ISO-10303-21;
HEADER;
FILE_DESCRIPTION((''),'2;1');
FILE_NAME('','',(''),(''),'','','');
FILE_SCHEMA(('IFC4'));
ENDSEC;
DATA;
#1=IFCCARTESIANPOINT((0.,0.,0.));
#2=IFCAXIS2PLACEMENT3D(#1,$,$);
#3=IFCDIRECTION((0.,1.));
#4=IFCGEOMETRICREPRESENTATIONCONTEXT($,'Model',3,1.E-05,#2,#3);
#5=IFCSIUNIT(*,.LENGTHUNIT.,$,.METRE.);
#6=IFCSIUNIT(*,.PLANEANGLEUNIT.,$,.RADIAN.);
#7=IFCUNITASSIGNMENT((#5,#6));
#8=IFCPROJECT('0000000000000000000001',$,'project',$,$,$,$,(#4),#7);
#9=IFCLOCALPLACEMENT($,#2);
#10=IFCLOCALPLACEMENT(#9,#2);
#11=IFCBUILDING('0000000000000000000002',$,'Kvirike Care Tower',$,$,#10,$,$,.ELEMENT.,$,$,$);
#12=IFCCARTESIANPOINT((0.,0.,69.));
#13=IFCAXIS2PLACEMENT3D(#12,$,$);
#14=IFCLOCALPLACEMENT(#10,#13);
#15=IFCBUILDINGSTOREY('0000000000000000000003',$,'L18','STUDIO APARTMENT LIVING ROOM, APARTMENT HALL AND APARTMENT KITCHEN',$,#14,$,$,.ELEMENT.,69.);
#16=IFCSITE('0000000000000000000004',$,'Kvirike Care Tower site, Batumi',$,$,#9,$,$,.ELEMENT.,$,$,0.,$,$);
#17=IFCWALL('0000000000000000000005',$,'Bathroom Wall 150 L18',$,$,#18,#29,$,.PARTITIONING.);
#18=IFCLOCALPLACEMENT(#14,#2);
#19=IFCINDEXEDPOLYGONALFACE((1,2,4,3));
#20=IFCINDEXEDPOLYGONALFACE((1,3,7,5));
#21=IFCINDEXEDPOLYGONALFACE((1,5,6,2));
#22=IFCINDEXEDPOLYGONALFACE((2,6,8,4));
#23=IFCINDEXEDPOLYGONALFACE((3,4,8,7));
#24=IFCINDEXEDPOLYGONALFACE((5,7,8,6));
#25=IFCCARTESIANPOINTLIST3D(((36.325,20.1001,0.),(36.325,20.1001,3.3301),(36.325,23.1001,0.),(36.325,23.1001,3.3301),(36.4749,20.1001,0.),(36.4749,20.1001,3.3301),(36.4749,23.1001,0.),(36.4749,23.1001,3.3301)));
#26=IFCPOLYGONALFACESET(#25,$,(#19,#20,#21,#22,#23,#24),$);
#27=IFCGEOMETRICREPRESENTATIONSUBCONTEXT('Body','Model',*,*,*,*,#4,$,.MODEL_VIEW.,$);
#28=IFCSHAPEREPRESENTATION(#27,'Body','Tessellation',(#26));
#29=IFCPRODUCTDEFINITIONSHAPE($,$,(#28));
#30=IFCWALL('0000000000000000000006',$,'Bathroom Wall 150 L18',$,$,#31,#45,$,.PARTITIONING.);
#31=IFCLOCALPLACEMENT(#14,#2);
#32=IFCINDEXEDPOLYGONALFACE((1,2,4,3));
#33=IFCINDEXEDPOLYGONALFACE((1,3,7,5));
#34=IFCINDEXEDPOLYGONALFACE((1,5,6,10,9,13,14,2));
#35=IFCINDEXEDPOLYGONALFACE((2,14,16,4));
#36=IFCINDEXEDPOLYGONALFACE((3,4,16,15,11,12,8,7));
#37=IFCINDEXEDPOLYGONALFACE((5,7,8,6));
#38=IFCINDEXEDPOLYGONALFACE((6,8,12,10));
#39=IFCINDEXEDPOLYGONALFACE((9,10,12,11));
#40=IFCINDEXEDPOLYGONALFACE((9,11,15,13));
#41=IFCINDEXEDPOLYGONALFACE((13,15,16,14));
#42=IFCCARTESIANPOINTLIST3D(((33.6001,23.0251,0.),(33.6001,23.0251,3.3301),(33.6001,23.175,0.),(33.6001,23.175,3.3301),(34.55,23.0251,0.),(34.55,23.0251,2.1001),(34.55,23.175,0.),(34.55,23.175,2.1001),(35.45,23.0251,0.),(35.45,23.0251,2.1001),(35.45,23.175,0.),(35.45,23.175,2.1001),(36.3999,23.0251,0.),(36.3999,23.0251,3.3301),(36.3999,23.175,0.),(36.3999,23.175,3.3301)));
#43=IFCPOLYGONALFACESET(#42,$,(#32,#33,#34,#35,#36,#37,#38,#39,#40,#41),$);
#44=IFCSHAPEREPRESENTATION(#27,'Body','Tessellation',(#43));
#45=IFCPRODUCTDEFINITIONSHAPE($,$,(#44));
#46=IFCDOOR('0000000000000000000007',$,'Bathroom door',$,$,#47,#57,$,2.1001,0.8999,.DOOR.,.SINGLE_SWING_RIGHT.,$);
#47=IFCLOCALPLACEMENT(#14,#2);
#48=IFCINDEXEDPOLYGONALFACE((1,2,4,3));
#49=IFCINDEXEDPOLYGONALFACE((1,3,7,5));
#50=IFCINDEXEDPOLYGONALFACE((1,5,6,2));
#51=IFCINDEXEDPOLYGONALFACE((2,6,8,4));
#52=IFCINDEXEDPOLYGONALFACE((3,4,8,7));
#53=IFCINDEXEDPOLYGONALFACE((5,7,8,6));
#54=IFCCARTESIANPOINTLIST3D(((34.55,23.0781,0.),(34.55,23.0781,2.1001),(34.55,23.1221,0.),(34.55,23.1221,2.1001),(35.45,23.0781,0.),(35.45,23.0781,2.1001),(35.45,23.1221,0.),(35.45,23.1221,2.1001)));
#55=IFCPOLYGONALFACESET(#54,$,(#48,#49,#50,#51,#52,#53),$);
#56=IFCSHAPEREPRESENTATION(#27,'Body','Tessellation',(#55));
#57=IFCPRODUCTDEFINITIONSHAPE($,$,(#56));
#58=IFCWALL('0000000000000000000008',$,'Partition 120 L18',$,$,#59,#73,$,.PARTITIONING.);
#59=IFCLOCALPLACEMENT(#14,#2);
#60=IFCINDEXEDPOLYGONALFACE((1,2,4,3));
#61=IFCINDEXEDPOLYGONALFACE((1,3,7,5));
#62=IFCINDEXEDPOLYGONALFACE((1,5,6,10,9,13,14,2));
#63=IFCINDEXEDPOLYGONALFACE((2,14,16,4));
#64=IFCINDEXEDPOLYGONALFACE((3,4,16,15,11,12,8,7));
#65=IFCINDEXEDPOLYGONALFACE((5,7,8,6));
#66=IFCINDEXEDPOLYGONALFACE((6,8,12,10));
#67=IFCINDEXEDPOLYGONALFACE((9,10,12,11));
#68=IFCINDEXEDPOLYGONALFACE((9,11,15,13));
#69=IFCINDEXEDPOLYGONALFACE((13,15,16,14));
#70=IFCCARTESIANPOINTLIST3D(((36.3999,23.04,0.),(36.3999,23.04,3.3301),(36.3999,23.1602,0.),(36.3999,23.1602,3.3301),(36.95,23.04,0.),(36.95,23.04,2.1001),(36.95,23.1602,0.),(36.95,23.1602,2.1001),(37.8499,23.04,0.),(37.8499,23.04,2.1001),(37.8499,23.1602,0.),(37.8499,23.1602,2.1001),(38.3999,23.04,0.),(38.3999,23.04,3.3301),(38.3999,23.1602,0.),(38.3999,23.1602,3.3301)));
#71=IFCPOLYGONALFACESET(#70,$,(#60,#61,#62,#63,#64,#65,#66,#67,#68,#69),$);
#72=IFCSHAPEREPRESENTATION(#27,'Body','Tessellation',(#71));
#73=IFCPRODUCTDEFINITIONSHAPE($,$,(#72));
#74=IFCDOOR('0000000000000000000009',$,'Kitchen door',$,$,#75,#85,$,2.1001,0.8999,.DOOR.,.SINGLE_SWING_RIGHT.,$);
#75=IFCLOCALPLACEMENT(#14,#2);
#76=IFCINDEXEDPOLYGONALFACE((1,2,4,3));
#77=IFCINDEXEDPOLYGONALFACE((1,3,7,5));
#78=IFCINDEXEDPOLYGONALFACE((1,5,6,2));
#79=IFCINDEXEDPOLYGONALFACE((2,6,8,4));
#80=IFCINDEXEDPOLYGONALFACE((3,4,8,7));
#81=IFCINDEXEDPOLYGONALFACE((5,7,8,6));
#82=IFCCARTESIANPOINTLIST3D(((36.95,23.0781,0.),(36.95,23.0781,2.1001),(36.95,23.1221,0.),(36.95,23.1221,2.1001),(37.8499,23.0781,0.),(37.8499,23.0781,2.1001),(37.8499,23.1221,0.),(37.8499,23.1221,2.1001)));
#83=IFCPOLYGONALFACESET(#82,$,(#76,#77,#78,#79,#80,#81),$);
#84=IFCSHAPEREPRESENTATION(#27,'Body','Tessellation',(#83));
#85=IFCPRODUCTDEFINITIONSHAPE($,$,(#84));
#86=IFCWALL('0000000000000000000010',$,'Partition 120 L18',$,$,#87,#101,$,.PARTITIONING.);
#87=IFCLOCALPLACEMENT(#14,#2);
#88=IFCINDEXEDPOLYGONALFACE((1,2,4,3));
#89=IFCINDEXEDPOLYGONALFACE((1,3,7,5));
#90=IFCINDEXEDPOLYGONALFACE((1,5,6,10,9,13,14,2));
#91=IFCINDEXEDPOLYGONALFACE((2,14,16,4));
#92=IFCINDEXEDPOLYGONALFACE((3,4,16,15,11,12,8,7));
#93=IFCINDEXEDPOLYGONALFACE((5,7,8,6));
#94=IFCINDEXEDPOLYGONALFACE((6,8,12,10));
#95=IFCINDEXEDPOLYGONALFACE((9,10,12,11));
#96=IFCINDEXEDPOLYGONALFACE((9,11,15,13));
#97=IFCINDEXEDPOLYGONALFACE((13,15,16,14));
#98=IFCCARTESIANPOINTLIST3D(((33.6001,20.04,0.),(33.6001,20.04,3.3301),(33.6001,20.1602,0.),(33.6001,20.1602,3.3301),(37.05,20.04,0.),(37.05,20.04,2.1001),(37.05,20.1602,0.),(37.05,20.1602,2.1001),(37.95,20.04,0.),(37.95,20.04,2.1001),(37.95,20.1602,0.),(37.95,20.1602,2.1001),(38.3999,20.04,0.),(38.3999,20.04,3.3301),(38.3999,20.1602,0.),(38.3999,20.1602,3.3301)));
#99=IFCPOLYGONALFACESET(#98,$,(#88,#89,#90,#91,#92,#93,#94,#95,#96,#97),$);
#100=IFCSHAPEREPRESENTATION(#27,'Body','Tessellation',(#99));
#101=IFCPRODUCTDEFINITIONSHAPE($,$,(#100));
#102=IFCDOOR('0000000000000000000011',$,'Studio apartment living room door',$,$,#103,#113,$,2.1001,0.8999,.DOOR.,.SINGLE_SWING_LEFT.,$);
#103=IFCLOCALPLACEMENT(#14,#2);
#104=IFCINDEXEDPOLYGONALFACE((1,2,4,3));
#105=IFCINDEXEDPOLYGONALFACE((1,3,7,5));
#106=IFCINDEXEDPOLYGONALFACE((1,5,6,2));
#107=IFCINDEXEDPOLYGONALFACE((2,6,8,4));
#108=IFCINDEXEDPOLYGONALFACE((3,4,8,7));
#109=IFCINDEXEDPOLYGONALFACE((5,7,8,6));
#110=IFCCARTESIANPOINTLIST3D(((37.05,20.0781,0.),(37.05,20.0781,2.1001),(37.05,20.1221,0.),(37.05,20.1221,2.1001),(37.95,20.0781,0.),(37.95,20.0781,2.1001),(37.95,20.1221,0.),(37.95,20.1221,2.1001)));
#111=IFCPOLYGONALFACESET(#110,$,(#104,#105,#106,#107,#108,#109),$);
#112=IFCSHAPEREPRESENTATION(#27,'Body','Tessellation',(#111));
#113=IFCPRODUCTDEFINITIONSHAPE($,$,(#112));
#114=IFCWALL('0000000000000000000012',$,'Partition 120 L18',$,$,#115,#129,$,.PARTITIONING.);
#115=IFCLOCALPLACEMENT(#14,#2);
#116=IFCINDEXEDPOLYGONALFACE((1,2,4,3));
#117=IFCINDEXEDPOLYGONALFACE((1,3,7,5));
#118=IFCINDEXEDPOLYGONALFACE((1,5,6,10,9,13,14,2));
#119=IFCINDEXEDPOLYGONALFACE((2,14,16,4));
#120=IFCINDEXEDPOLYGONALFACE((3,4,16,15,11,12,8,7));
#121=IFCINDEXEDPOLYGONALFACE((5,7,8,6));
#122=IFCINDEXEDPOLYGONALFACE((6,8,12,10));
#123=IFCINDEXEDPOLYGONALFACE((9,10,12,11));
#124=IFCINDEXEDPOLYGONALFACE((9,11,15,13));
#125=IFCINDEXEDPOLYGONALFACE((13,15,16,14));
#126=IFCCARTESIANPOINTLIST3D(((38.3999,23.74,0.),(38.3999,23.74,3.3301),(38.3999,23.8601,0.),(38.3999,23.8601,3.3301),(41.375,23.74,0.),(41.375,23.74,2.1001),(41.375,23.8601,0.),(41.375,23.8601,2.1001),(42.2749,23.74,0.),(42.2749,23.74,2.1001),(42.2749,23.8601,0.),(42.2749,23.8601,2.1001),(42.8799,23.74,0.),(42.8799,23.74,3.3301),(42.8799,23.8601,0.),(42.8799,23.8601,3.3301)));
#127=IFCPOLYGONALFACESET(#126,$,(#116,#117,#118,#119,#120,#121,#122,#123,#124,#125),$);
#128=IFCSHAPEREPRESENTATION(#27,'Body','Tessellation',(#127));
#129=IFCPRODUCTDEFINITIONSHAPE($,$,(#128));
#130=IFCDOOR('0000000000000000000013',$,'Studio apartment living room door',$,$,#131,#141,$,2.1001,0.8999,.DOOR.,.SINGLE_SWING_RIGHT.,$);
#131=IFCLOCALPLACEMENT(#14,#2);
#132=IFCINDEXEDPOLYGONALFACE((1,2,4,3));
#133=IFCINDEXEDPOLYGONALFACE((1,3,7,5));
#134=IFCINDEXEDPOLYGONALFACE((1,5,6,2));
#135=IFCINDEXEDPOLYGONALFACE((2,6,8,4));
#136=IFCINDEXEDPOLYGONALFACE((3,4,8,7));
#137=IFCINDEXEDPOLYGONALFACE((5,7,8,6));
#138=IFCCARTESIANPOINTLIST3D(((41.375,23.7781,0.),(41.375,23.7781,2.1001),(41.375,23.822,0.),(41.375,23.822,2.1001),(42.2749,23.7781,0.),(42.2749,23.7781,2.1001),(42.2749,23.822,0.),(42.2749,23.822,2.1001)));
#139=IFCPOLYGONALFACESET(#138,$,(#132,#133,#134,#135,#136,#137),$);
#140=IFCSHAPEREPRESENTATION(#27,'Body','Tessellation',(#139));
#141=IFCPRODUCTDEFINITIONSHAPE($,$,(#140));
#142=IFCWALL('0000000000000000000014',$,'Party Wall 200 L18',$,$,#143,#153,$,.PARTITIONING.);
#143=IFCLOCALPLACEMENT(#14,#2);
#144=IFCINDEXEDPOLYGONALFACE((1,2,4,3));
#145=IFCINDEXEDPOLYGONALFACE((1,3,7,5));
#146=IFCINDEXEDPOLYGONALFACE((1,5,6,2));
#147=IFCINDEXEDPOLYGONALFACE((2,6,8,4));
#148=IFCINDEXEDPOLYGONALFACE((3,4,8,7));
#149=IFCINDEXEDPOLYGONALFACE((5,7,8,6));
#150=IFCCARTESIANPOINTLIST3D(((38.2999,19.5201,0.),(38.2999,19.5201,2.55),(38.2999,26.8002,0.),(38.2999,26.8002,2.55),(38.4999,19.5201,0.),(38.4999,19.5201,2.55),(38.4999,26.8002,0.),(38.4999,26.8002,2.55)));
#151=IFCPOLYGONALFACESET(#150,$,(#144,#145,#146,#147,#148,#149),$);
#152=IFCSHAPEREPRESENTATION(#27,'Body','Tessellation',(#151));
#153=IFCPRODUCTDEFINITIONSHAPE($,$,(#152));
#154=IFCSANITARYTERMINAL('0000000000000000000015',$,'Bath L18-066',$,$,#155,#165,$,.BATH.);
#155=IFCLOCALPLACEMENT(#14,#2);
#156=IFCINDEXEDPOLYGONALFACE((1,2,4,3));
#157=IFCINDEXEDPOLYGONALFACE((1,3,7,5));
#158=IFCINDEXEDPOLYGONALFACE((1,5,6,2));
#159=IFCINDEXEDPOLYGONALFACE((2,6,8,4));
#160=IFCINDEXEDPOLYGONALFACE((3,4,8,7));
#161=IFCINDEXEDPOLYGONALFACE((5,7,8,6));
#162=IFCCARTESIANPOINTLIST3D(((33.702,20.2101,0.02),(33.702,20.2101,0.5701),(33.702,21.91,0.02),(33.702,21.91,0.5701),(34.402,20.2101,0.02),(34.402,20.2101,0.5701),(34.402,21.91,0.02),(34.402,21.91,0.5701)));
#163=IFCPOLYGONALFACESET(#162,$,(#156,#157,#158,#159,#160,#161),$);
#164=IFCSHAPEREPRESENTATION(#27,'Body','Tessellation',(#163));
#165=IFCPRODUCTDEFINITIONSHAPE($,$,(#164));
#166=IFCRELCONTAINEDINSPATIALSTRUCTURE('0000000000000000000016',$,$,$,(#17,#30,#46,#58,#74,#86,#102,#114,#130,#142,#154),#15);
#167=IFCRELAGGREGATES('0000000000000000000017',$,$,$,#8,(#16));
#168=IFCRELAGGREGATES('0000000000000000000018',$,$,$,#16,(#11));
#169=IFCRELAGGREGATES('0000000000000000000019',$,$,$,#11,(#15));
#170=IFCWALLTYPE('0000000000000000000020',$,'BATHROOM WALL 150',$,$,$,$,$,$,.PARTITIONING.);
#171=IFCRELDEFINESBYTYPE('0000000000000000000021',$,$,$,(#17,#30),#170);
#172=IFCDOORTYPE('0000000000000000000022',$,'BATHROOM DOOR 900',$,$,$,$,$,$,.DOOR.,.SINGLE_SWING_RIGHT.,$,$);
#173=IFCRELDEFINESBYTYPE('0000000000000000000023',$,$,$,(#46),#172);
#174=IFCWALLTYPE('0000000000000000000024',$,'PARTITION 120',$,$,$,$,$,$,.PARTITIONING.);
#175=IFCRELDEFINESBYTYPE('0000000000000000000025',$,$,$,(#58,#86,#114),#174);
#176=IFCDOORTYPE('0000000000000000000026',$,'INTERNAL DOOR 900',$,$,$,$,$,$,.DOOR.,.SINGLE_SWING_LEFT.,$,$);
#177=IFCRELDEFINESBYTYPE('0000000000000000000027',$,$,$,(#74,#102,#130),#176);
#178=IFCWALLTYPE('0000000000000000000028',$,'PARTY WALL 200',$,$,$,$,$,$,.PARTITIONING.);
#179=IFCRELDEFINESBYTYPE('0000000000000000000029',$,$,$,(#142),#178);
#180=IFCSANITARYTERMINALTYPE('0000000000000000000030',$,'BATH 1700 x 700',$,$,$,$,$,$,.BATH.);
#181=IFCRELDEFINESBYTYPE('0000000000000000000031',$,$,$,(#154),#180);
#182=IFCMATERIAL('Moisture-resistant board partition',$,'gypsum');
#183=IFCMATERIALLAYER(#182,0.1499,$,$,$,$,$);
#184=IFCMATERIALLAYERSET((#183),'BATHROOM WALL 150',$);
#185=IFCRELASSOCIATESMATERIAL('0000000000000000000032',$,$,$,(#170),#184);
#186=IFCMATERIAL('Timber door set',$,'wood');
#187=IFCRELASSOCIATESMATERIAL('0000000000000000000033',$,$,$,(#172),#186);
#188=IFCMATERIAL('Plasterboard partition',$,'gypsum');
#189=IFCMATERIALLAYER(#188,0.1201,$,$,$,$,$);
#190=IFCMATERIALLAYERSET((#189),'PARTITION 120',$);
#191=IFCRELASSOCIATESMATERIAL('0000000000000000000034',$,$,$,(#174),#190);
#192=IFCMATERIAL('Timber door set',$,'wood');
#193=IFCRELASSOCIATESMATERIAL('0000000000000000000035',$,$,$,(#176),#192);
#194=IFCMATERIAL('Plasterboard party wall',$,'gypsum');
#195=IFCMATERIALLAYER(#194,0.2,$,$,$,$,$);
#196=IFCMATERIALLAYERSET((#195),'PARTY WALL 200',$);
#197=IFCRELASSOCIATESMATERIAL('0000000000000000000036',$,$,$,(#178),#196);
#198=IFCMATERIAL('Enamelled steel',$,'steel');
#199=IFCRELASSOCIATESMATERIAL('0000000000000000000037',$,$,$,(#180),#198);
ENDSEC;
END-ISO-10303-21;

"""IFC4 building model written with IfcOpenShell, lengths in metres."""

from ifc_helpers import new_model, si_unit, direction, frame, frame_2d, origin, origin_2d, place, context, subcontext, project, spatial, rectangle, extrude, material, layer, layer_set, type_object, element, fill, save


model = new_model("IFC4")

# Units and contexts
model_context = context("Model", 3, precision=1e-05, world=origin(), true_north=direction((0.0, 1.0)))
body_context = subcontext(model_context, "Body", "Model", "MODEL_VIEW")
ifc_project = project(units=[si_unit("LENGTHUNIT", "METRE"), si_unit("PLANEANGLEUNIT", "RADIAN")], contexts=[model_context])

# Site, building, storey
site_placement = place(None, origin())
site = spatial("IfcSite", under=ifc_project, at=site_placement, Name="Kvirike Care Tower site, Batumi", CompositionType="ELEMENT", RefElevation=0.0)
building_placement = place(site_placement, origin())
building = spatial("IfcBuilding", under=site, at=building_placement, Name="Kvirike Care Tower", CompositionType="ELEMENT")
storey_placement = place(building_placement, frame((0.0, 0.0, 69.0)))
storey = spatial("IfcBuildingStorey", under=building, at=storey_placement, Name="L18", Description="STUDIO APARTMENT LIVING ROOM, APARTMENT HALL AND APARTMENT KITCHEN", CompositionType="ELEMENT", Elevation=69.0)

# Wall
ifc_material_1 = material(Name="Moisture-resistant board partition", Category="gypsum")
ifc_layer_1 = layer(ifc_material_1, 0.1499)
ifc_layer_set_1 = layer_set([ifc_layer_1], Name="BATHROOM WALL 150")
wall_type_1 = type_object("IfcWallType", Name="BATHROOM WALL 150", PredefinedType="PARTITIONING", material=ifc_layer_set_1)
wall_1_placement = place(storey_placement, frame((36.3999, 20.1001, 0.0), z_axis=(0.0, 0.0, 1.0), x_axis=(0.0, 1.0, 0.0)))
element("IfcWall", 1, at=wall_1_placement, inside=storey, type_object=wall_type_1, Name="Bathroom Wall 150 L18", PredefinedType="PARTITIONING", context=body_context, shape_type="SweptSolid", body=[
    extrude(rectangle(XDim=3.0, YDim=0.1499, at=frame_2d((1.5, 0.0))), origin(), (0.0, 0.0, 1.0), 3.3301),
])

# Walls, openings, doors
wall_2_placement = place(storey_placement, frame((33.6001, 23.1001, 0.0), z_axis=(0.0, 0.0, 1.0), x_axis=(1.0, 0.0, 0.0)))
wall_2 = element("IfcWall", 2, at=wall_2_placement, inside=storey, type_object=wall_type_1, Name="Bathroom Wall 150 L18", PredefinedType="PARTITIONING", context=body_context, shape_type="SweptSolid", body=[
    extrude(rectangle(XDim=2.7998, YDim=0.1499, at=frame_2d((1.3999, 0.0))), origin(), (0.0, 0.0, 1.0), 3.3301),
])
opening_1_placement = place(wall_2_placement, frame((0.95, 0.0, 0.0)))
opening_1 = element("IfcOpeningElement", 3, at=opening_1_placement, cuts=wall_2, PredefinedType="OPENING", context=body_context, shape_type="SweptSolid", body=[
    extrude(rectangle(XDim=0.8999, YDim=2.1001, at=frame_2d((0.45, 1.05))), frame((0.0, 0.0854, 0.0), z_axis=(0.0, -1.0, 0.0), x_axis=(1.0, 0.0, 0.0)), (0.0, 0.0, 1.0), 0.1709),
])
ifc_material_2 = material(Name="Timber door set", Category="wood")
door_type_1 = type_object("IfcDoorType", Name="BATHROOM DOOR 900", OperationType="SINGLE_SWING_RIGHT", PredefinedType="DOOR", material=ifc_material_2)
door_1_placement = place(opening_1_placement, frame((0.8999, 0.0, 0.0), z_axis=(0.0, 0.0, 1.0), x_axis=(-1.0, 0.0, 0.0)))
door_1 = element("IfcDoor", 4, at=door_1_placement, inside=storey, type_object=door_type_1, Name="Bathroom door", OperationType="SINGLE_SWING_RIGHT", OverallHeight=2.1001, OverallWidth=0.8999, PredefinedType="DOOR", context=body_context, shape_type="SweptSolid", body=[
    extrude(rectangle(XDim=0.8999, YDim=2.1001, at=frame_2d((0.45, 1.05))), frame((0.0, 0.022, 0.0), z_axis=(0.0, -1.0, 0.0), x_axis=(1.0, 0.0, 0.0)), (0.0, 0.0, 1.0), 0.0439),
])
fill(opening_1, door_1)
ifc_material_3 = material(Name="Plasterboard partition", Category="gypsum")
ifc_layer_2 = layer(ifc_material_3, 0.1201)
ifc_layer_set_2 = layer_set([ifc_layer_2], Name="PARTITION 120")
wall_type_2 = type_object("IfcWallType", Name="PARTITION 120", PredefinedType="PARTITIONING", material=ifc_layer_set_2)
wall_3_placement = place(storey_placement, frame((36.3999, 23.1001, 0.0), z_axis=(0.0, 0.0, 1.0), x_axis=(1.0, 0.0, 0.0)))
wall_3 = element("IfcWall", 5, at=wall_3_placement, inside=storey, type_object=wall_type_2, Name="Partition 120 L18", PredefinedType="PARTITIONING", context=body_context, shape_type="SweptSolid", body=[
    extrude(rectangle(XDim=2.0, YDim=0.1201, at=frame_2d((1.0, 0.0))), origin(), (0.0, 0.0, 1.0), 3.3301),
])
opening_2_placement = place(wall_3_placement, frame((0.55, 0.0, 0.0)))
opening_2 = element("IfcOpeningElement", 6, at=opening_2_placement, cuts=wall_3, PredefinedType="OPENING", context=body_context, shape_type="SweptSolid", body=[
    extrude(rectangle(XDim=0.8999, YDim=2.1001, at=frame_2d((0.45, 1.05))), frame((0.0, 0.0706, 0.0), z_axis=(0.0, -1.0, 0.0), x_axis=(1.0, 0.0, 0.0)), (0.0, 0.0, 1.0), 0.1411),
])
ifc_material_4 = material(Name="Timber door set", Category="wood")
door_type_2 = type_object("IfcDoorType", Name="INTERNAL DOOR 900", OperationType="SINGLE_SWING_LEFT", PredefinedType="DOOR", material=ifc_material_4)
door_2_placement = place(opening_2_placement, frame((0.8999, 0.0, 0.0), z_axis=(0.0, 0.0, 1.0), x_axis=(-1.0, 0.0, 0.0)))
door_2 = element("IfcDoor", 7, at=door_2_placement, inside=storey, type_object=door_type_2, Name="Kitchen door", OperationType="SINGLE_SWING_RIGHT", OverallHeight=2.1001, OverallWidth=0.8999, PredefinedType="DOOR", context=body_context, shape_type="SweptSolid", body=[
    extrude(rectangle(XDim=0.8999, YDim=2.1001, at=frame_2d((0.45, 1.05))), frame((0.0, 0.022, 0.0), z_axis=(0.0, -1.0, 0.0), x_axis=(1.0, 0.0, 0.0)), (0.0, 0.0, 1.0), 0.0439),
])
fill(opening_2, door_2)
wall_4_placement = place(storey_placement, frame((33.6001, 20.1001, 0.0), z_axis=(0.0, 0.0, 1.0), x_axis=(1.0, 0.0, 0.0)))
wall_4 = element("IfcWall", 8, at=wall_4_placement, inside=storey, type_object=wall_type_2, Name="Partition 120 L18", PredefinedType="PARTITIONING", context=body_context, shape_type="SweptSolid", body=[
    extrude(rectangle(XDim=4.7998, YDim=0.1201, at=frame_2d((2.3999, 0.0))), origin(), (0.0, 0.0, 1.0), 3.3301),
])
opening_3_placement = place(wall_4_placement, frame((3.45, 0.0, 0.0)))
opening_3 = element("IfcOpeningElement", 9, at=opening_3_placement, cuts=wall_4, PredefinedType="OPENING", context=body_context, shape_type="SweptSolid", body=[
    extrude(rectangle(XDim=0.8999, YDim=2.1001, at=frame_2d((0.45, 1.05))), frame((0.0, 0.0706, 0.0), z_axis=(0.0, -1.0, 0.0), x_axis=(1.0, 0.0, 0.0)), (0.0, 0.0, 1.0), 0.1411),
])
door_3_placement = place(opening_3_placement, origin())
door_3 = element("IfcDoor", 10, at=door_3_placement, inside=storey, type_object=door_type_2, Name="Studio apartment living room door", OperationType="SINGLE_SWING_LEFT", OverallHeight=2.1001, OverallWidth=0.8999, PredefinedType="DOOR", context=body_context, shape_type="SweptSolid", body=[
    extrude(rectangle(XDim=0.8999, YDim=2.1001, at=frame_2d((0.45, 1.05))), frame((0.0, 0.022, 0.0), z_axis=(0.0, -1.0, 0.0), x_axis=(1.0, 0.0, 0.0)), (0.0, 0.0, 1.0), 0.0439),
])
fill(opening_3, door_3)
wall_5_placement = place(storey_placement, frame((38.3999, 23.8, 0.0), z_axis=(0.0, 0.0, 1.0), x_axis=(1.0, 0.0, 0.0)))
wall_5 = element("IfcWall", 11, at=wall_5_placement, inside=storey, type_object=wall_type_2, Name="Partition 120 L18", PredefinedType="PARTITIONING", context=body_context, shape_type="SweptSolid", body=[
    extrude(rectangle(XDim=4.48, YDim=0.1201, at=frame_2d((2.24, 0.0))), origin(), (0.0, 0.0, 1.0), 3.3301),
])
opening_4_placement = place(wall_5_placement, frame((2.9751, 0.0, 0.0)))
opening_4 = element("IfcOpeningElement", 12, at=opening_4_placement, cuts=wall_5, PredefinedType="OPENING", context=body_context, shape_type="SweptSolid", body=[
    extrude(rectangle(XDim=0.8999, YDim=2.1001, at=frame_2d((0.45, 1.05))), frame((0.0, 0.0706, 0.0), z_axis=(0.0, -1.0, 0.0), x_axis=(1.0, 0.0, 0.0)), (0.0, 0.0, 1.0), 0.1411),
])
door_4_placement = place(opening_4_placement, origin())
door_4 = element("IfcDoor", 13, at=door_4_placement, inside=storey, type_object=door_type_2, Name="Studio apartment living room door", OperationType="SINGLE_SWING_RIGHT", OverallHeight=2.1001, OverallWidth=0.8999, PredefinedType="DOOR", context=body_context, shape_type="SweptSolid", body=[
    extrude(rectangle(XDim=0.8999, YDim=2.1001, at=frame_2d((0.45, 1.05))), frame((0.0, 0.022, 0.0), z_axis=(0.0, -1.0, 0.0), x_axis=(1.0, 0.0, 0.0)), (0.0, 0.0, 1.0), 0.0439),
])
fill(opening_4, door_4)

# Wall
ifc_material_5 = material(Name="Plasterboard party wall", Category="gypsum")
ifc_layer_3 = layer(ifc_material_5, 0.2)
ifc_layer_set_3 = layer_set([ifc_layer_3], Name="PARTY WALL 200")
wall_type_3 = type_object("IfcWallType", Name="PARTY WALL 200", PredefinedType="PARTITIONING", material=ifc_layer_set_3)
wall_6_placement = place(storey_placement, frame((38.3999, 19.52, 0.0), z_axis=(0.0, 0.0, 1.0), x_axis=(0.0, 1.0, 0.0)))
element("IfcWall", 14, at=wall_6_placement, inside=storey, type_object=wall_type_3, Name="Party Wall 200 L18", PredefinedType="PARTITIONING", context=body_context, shape_type="SweptSolid", body=[
    extrude(rectangle(XDim=7.28, YDim=0.2, at=frame_2d((3.6401, 0.0))), origin(), (0.0, 0.0, 1.0), 2.55),
])

# Sanitary terminal
ifc_material_6 = material(Name="Enamelled steel", Category="steel")
sanitary_terminal_type_1 = type_object("IfcSanitaryTerminalType", Name="BATH 1700 x 700", PredefinedType="BATH", material=ifc_material_6)
sanitary_terminal_1_placement = place(storey_placement, frame((34.052, 21.0601, 0.02), z_axis=(0.0, 0.0, 1.0), x_axis=(0.0, 1.0, 0.0)))
element("IfcSanitaryTerminal", 15, at=sanitary_terminal_1_placement, inside=storey, type_object=sanitary_terminal_type_1, Name="Bath L18-066", PredefinedType="BATH", context=body_context, shape_type="SweptSolid", body=[
    extrude(rectangle(XDim=1.7, YDim=0.7, at=origin_2d()), origin(), (0.0, 0.0, 1.0), 0.55),
])

save(model, "model.ifc")
